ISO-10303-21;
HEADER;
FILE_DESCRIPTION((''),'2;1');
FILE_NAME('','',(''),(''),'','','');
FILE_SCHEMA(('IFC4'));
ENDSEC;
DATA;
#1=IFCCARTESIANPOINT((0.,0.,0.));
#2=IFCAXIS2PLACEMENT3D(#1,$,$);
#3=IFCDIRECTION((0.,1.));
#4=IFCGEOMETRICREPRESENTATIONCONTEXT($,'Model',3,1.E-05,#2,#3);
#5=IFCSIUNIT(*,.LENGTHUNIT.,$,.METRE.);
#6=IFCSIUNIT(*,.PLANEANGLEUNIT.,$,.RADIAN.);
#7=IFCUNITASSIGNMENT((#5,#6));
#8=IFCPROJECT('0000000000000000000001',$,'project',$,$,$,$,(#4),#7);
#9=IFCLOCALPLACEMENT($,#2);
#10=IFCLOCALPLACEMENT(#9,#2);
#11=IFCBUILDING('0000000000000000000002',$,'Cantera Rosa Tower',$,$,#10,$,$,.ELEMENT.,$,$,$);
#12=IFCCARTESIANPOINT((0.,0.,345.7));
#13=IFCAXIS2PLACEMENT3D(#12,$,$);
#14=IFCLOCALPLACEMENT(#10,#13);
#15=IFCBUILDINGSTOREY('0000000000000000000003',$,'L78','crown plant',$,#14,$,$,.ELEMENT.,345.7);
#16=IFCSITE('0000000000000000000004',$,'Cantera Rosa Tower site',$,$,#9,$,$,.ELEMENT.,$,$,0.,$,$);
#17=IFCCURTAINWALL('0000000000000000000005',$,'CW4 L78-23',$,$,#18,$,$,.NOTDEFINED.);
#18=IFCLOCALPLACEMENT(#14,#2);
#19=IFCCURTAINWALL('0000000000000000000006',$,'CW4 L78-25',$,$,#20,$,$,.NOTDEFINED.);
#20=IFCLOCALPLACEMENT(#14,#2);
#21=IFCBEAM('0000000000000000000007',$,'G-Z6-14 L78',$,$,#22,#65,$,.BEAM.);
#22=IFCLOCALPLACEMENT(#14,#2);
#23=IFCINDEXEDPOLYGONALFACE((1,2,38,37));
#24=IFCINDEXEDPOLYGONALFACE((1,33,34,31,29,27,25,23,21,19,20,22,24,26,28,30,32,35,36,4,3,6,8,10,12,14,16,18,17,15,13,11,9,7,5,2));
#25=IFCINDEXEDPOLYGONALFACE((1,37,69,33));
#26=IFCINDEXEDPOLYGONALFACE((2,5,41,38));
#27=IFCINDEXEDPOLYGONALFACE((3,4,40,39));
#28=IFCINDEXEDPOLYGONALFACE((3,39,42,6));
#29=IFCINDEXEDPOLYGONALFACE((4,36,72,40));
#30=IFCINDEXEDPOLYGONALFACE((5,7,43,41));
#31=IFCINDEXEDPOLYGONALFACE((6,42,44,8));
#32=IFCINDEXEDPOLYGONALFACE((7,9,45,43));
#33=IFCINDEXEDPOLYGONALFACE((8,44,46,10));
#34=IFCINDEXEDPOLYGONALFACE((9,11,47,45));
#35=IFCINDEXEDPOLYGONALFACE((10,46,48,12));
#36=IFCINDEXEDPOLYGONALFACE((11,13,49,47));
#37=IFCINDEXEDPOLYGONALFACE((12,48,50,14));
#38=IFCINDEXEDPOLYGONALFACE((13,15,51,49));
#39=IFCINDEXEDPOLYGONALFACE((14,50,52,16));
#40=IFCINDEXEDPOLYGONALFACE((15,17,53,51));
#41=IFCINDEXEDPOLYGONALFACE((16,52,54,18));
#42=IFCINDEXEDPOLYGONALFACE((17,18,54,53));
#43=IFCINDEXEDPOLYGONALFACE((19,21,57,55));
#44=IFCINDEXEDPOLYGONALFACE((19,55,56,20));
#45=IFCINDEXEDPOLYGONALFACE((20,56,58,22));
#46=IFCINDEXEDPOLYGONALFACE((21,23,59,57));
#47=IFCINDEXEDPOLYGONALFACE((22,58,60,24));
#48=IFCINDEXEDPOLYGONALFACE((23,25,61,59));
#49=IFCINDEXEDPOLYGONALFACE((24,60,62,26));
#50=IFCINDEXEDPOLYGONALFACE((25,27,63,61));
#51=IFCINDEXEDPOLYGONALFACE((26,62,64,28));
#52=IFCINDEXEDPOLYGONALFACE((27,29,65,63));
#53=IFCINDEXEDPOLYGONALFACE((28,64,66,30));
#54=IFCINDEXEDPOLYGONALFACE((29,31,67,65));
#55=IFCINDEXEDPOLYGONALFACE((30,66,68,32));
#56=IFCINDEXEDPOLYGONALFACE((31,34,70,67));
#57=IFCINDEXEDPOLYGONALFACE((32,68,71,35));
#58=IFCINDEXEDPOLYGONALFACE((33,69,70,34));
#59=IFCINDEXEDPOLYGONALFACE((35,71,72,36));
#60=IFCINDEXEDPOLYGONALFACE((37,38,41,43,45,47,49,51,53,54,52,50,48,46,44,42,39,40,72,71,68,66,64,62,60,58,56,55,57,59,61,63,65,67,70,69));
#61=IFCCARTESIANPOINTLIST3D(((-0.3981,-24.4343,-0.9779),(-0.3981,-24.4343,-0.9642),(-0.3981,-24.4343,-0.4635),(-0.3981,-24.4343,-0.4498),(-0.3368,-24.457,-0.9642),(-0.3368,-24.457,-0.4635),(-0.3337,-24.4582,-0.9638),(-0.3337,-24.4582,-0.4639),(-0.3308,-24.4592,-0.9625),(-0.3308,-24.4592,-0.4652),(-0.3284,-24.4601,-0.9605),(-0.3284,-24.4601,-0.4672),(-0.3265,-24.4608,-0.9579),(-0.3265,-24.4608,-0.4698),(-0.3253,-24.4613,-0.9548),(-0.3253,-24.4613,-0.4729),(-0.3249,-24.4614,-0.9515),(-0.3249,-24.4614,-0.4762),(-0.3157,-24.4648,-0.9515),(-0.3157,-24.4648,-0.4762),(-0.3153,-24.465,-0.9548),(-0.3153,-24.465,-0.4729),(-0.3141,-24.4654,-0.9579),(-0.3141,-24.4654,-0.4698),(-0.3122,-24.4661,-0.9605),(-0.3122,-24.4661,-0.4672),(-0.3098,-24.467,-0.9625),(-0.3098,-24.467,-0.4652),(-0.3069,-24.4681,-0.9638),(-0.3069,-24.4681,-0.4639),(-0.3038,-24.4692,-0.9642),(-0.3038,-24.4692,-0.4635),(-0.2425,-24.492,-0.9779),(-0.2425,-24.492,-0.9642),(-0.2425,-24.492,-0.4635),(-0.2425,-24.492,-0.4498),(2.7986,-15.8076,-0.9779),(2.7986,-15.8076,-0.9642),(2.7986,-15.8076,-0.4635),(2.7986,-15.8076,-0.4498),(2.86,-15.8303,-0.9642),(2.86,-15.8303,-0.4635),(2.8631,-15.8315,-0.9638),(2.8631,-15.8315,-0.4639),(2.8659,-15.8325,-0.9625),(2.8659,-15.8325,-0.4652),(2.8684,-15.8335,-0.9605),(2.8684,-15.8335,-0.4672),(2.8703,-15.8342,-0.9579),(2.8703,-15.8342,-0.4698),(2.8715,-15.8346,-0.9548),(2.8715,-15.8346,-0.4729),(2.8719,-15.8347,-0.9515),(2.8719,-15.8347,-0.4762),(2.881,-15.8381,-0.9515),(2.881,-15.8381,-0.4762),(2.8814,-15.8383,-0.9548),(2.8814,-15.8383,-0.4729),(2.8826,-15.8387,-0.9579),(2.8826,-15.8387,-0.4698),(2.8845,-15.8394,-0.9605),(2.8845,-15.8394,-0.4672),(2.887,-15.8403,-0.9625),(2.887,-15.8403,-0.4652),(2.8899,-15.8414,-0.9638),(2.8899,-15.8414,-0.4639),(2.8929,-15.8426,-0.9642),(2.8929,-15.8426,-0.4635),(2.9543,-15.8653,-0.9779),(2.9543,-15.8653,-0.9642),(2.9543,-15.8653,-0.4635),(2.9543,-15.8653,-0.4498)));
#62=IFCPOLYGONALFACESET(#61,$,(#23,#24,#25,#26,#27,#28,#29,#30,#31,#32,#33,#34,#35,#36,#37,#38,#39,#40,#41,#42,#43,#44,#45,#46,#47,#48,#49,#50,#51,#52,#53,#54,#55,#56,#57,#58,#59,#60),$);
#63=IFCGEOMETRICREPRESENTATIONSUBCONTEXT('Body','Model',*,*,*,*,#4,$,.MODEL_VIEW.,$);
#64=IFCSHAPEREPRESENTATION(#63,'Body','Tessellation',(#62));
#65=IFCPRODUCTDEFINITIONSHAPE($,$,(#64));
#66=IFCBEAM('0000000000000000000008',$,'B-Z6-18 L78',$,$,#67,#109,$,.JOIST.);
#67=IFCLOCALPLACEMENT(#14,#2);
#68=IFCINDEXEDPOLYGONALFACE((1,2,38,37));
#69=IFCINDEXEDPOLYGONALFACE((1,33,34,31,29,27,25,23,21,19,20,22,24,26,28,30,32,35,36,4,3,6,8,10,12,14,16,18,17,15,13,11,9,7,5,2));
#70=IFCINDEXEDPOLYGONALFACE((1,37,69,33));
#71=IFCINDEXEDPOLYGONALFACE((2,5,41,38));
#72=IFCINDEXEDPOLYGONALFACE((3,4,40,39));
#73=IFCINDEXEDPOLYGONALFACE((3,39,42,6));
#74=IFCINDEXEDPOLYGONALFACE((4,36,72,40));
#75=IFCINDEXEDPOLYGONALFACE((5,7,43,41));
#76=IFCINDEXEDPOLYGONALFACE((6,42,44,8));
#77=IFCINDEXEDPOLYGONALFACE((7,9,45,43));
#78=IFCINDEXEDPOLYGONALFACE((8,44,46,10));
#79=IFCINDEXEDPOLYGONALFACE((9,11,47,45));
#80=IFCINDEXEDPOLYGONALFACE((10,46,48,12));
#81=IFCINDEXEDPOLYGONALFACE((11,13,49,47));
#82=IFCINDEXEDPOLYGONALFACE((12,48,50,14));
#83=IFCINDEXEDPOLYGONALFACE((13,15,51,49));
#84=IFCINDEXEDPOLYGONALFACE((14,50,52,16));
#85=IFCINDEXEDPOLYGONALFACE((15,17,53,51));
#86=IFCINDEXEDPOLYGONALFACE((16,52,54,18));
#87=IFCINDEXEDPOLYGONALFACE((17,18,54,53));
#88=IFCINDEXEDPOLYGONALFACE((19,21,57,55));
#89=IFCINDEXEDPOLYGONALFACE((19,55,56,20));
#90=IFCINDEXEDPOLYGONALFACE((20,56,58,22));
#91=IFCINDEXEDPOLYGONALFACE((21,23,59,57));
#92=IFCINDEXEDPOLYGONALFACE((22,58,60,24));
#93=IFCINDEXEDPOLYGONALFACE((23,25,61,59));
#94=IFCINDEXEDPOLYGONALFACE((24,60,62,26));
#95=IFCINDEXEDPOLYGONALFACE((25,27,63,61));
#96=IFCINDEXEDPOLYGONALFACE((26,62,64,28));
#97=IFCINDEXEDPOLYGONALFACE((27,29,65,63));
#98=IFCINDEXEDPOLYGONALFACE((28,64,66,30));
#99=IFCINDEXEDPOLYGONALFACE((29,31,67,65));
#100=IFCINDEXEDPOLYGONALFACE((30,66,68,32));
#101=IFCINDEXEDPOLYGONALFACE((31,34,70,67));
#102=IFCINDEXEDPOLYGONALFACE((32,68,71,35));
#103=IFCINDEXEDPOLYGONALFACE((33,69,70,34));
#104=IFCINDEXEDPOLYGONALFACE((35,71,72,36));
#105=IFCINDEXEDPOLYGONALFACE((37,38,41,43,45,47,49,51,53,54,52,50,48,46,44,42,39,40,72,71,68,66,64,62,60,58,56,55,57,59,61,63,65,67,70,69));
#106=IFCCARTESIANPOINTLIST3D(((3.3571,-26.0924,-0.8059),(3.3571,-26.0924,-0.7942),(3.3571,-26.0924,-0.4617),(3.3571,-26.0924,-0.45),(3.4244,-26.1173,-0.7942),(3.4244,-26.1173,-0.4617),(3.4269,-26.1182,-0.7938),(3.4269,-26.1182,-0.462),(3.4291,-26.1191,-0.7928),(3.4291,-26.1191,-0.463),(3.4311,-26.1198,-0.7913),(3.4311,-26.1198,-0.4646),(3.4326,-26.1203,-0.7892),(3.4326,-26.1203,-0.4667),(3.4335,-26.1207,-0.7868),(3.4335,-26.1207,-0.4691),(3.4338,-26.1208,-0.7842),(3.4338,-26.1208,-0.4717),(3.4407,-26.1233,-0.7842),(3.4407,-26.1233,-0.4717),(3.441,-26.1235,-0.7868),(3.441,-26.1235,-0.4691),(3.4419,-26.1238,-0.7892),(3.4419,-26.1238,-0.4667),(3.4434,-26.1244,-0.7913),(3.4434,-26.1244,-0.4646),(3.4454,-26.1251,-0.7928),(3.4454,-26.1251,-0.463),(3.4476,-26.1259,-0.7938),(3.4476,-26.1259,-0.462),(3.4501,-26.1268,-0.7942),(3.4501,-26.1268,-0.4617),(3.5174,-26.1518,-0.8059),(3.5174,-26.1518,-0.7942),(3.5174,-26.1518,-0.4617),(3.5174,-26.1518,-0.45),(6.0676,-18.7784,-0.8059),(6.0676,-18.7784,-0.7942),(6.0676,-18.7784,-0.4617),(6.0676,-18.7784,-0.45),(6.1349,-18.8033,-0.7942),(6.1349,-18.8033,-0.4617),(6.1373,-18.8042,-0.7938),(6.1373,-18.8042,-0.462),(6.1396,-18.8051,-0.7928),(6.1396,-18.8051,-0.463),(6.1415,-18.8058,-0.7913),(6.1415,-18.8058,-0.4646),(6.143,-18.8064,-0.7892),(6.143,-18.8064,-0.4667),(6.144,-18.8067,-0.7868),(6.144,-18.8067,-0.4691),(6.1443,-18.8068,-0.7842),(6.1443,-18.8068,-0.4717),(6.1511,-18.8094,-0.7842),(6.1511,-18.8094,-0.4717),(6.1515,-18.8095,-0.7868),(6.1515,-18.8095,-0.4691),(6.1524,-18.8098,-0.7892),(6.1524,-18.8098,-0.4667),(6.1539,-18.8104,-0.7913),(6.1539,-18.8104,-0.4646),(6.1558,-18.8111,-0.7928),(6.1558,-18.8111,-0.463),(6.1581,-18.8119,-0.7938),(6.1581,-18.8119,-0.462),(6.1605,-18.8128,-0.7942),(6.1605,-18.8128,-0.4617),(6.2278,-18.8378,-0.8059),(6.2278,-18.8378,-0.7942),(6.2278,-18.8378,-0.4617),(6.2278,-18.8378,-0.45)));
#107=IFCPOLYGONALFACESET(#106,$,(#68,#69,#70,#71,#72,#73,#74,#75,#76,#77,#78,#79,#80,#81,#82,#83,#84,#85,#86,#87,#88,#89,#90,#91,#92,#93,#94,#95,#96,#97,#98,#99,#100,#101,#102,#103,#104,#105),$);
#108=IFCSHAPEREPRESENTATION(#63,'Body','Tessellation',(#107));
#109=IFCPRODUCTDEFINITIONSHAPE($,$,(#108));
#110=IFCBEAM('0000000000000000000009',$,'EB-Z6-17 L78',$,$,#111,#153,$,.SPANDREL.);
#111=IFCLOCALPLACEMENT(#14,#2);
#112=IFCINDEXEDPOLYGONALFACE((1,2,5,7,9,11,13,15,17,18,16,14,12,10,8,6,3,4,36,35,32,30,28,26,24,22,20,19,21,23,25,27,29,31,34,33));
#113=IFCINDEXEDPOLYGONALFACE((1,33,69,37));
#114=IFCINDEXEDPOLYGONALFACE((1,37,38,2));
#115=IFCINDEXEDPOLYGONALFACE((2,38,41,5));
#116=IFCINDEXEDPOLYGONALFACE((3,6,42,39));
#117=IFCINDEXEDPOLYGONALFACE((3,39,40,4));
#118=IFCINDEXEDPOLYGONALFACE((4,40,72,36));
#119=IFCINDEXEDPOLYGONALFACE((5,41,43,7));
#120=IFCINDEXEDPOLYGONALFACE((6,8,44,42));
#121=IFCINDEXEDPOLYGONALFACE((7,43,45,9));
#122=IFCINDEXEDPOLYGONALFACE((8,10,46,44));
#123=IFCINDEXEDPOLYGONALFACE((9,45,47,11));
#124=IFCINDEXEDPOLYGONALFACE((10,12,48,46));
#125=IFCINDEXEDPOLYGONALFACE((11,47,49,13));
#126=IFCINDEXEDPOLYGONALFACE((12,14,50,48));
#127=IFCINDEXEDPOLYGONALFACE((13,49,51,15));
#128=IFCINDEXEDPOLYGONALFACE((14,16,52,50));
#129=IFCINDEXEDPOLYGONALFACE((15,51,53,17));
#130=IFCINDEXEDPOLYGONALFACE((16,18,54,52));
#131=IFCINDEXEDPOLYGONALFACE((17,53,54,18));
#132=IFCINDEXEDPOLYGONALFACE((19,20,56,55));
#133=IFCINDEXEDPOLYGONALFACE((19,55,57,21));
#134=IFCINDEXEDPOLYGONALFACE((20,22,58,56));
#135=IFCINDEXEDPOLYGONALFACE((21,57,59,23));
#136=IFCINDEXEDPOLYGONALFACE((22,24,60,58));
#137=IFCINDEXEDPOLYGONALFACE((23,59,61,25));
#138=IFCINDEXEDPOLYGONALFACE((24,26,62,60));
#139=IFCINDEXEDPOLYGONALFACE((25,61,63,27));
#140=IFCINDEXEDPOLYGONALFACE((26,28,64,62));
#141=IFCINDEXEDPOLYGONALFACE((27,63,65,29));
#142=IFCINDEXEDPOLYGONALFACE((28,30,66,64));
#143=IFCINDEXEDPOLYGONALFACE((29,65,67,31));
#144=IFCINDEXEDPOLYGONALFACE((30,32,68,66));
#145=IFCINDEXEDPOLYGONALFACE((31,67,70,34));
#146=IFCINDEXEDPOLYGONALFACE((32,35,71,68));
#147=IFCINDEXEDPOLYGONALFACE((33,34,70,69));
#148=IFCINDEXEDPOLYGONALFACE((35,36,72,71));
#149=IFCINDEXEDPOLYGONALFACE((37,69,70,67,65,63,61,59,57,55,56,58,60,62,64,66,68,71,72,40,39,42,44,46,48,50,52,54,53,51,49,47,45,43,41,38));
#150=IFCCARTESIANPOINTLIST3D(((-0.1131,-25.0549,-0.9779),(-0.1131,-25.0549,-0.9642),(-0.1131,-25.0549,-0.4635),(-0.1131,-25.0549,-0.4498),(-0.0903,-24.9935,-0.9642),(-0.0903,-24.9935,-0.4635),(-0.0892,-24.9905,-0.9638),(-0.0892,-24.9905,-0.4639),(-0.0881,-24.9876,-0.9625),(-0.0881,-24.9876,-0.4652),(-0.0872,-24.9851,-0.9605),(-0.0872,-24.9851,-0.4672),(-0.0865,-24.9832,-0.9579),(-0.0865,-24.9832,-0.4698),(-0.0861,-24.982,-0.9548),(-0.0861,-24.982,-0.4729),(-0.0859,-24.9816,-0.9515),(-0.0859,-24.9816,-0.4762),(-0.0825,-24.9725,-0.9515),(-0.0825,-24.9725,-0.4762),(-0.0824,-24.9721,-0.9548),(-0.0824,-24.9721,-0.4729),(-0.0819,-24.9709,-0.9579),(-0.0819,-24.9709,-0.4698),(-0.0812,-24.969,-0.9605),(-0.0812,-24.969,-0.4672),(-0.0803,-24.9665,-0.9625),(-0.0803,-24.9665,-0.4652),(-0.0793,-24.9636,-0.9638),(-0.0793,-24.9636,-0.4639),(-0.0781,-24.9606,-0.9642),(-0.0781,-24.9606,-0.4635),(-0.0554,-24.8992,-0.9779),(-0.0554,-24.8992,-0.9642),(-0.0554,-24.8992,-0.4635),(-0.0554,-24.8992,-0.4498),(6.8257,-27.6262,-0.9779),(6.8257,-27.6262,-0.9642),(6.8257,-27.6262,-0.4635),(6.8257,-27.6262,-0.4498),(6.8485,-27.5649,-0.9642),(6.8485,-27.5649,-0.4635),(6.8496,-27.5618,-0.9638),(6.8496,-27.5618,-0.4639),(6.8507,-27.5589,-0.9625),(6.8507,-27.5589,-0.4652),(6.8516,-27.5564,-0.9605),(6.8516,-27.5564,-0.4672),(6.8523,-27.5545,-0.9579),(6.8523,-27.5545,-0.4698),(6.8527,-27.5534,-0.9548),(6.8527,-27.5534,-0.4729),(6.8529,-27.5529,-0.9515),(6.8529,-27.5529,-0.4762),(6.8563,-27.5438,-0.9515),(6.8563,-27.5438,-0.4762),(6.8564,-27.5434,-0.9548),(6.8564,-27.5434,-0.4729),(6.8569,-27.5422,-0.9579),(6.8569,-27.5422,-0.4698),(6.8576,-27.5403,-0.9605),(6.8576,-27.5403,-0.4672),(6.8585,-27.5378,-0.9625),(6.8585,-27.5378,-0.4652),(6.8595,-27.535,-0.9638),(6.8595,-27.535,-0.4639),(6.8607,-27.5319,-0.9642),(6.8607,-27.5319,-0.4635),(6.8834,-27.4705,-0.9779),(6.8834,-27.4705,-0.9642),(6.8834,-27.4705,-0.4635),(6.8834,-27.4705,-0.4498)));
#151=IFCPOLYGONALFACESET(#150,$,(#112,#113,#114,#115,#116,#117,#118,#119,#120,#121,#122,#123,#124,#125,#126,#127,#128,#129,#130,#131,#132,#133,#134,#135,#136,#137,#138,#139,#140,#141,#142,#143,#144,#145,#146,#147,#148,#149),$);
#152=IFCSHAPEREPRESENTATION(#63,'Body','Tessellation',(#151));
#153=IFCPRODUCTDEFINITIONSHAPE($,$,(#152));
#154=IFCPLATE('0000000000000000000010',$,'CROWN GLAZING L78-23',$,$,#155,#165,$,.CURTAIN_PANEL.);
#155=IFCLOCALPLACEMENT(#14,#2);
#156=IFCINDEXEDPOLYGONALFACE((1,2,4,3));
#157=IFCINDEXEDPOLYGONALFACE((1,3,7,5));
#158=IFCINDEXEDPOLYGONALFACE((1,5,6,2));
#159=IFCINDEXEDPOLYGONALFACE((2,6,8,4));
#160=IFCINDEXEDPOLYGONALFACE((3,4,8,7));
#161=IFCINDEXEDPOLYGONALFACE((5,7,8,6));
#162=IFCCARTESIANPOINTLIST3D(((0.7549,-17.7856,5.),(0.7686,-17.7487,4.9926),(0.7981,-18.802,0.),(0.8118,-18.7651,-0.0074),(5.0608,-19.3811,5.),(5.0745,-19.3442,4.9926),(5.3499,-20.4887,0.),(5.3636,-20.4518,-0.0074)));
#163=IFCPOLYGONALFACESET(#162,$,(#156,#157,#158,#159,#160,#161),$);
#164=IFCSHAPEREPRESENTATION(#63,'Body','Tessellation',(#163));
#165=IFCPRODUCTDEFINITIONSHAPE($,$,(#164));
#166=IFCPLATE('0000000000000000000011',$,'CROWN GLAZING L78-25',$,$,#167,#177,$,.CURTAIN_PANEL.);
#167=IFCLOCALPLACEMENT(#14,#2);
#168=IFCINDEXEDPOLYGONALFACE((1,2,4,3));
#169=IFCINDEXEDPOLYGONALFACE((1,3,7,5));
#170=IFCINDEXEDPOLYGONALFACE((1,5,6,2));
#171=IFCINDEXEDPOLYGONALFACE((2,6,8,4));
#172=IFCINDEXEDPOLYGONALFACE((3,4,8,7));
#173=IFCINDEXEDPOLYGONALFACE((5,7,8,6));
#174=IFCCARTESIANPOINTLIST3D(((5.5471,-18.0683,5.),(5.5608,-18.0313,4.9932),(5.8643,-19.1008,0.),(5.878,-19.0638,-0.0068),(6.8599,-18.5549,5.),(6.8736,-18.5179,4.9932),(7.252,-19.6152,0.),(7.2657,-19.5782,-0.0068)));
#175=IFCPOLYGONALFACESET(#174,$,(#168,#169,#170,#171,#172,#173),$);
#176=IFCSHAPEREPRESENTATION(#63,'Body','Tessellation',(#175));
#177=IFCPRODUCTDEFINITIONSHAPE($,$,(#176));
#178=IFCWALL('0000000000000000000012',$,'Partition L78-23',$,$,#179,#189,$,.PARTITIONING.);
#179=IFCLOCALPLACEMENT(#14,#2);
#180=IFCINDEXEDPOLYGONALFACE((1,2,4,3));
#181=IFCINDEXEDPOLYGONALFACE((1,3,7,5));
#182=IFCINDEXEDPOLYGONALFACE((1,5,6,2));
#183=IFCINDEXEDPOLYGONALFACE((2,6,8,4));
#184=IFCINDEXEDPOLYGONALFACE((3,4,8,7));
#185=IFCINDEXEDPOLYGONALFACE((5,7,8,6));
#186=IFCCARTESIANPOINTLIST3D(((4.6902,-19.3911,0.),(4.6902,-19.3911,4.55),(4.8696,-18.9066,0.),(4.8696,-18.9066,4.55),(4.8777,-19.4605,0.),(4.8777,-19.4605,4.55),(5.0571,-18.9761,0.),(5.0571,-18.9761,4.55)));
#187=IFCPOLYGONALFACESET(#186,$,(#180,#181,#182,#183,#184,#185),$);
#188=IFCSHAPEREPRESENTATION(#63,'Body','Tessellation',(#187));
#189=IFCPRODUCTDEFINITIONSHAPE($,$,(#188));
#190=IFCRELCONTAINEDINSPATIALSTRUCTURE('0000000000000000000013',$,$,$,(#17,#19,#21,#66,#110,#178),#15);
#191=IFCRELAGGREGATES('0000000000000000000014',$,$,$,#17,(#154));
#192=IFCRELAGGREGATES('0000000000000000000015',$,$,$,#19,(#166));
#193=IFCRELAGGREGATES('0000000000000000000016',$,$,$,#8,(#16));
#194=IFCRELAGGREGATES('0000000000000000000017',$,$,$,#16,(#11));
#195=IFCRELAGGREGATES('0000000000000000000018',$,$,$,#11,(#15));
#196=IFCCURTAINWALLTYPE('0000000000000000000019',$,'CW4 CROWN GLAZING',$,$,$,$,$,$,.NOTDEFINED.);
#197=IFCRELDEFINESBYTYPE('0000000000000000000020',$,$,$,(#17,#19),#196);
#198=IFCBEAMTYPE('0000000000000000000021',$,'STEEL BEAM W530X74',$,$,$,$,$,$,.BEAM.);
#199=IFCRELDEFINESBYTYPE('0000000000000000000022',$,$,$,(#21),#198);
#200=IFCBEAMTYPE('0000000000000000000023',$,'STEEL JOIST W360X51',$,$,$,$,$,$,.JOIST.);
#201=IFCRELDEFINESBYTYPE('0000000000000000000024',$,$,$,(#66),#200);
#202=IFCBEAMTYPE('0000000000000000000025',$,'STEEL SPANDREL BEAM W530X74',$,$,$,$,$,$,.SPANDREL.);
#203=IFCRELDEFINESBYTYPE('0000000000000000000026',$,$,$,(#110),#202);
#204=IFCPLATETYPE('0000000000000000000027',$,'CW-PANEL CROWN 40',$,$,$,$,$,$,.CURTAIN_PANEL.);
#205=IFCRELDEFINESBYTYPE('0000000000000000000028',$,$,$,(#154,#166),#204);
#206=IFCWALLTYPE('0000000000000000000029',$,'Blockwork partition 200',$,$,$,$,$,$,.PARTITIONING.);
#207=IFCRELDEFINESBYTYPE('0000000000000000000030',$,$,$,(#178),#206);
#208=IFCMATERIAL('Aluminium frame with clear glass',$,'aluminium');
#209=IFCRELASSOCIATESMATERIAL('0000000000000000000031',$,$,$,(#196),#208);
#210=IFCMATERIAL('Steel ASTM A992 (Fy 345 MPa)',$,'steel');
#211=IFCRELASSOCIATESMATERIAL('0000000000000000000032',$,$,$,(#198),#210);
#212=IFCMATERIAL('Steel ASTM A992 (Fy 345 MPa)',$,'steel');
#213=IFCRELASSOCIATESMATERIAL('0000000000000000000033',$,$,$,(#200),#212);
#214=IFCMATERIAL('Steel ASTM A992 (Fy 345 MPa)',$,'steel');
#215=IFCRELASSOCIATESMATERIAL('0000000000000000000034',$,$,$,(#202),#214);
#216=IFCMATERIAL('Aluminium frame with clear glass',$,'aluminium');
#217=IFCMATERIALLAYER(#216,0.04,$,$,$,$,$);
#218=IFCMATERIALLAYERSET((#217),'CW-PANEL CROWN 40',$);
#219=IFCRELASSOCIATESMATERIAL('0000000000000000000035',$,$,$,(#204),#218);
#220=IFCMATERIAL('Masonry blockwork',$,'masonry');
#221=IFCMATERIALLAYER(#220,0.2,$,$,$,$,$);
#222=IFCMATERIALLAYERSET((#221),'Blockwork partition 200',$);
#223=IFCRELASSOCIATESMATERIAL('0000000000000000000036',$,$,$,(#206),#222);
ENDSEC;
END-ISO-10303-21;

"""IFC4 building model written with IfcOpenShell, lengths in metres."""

from ifc_helpers import new_model, si_unit, direction, frame, frame_2d, origin, origin_2d, place, context, subcontext, project, spatial, polyline, rectangle, i_section, outline, extrude, material, layer, layer_set, material_profile, profile_set, type_object, element, aggregate, save


model = new_model("IFC4")

# Units and contexts
model_context = context("Model", 3, precision=1e-05, world=origin(), true_north=direction((0.0, 1.0)))
body_context = subcontext(model_context, "Body", "Model", "MODEL_VIEW")
ifc_project = project(units=[si_unit("LENGTHUNIT", "METRE"), si_unit("PLANEANGLEUNIT", "RADIAN")], contexts=[model_context])

# Site, building, storey
site_placement = place(None, origin())
site = spatial("IfcSite", under=ifc_project, at=site_placement, Name="Cantera Rosa Tower site", CompositionType="ELEMENT", RefElevation=0.0)
building_placement = place(site_placement, origin())
building = spatial("IfcBuilding", under=site, at=building_placement, Name="Cantera Rosa Tower", CompositionType="ELEMENT")
storey_placement = place(building_placement, frame((0.0, 0.0, 345.7)))
storey = spatial("IfcBuildingStorey", under=building, at=storey_placement, Name="L78", Description="crown plant", CompositionType="ELEMENT", Elevation=345.7)

# Curtain walls
ifc_material_1 = material(Name="Aluminium frame with clear glass", Category="aluminium")
curtain_wall_type = type_object("IfcCurtainWallType", Name="CW4 CROWN GLAZING", PredefinedType="NOTDEFINED", material=ifc_material_1)
curtain_wall_1_placement = place(storey_placement, origin())
curtain_wall_1 = element("IfcCurtainWall", 1, at=curtain_wall_1_placement, inside=storey, type_object=curtain_wall_type, Name="CW4 L78-23", PredefinedType="NOTDEFINED")
curtain_wall_2_placement = place(storey_placement, origin())
curtain_wall_2 = element("IfcCurtainWall", 2, at=curtain_wall_2_placement, inside=storey, type_object=curtain_wall_type, Name="CW4 L78-25", PredefinedType="NOTDEFINED")

# Beams
ifc_material_2 = material(Name="Steel ASTM A992 (Fy 345 MPa)", Category="steel")
ifc_material_profile_1 = material_profile(ifc_material_2, i_section(OverallWidth=0.166, OverallDepth=0.5281, WebThickness=0.0098, FlangeThickness=0.0137, FilletRadius=0.0127, at=origin_2d()), Name="W530X74")
ifc_profile_set_1 = profile_set([ifc_material_profile_1], Name="Steel ASTM A992 (Fy 345 MPa)")
beam_type_1 = type_object("IfcBeamType", Name="STEEL BEAM W530X74", PredefinedType="BEAM", material=ifc_profile_set_1)
beam_1_placement = place(storey_placement, frame((-0.3203, -24.4631, -0.7139), z_axis=(0.347477, 0.937689, 0.0), x_axis=(-0.937689, 0.347477, 0.0)))
element("IfcBeam", 3, at=beam_1_placement, inside=storey, type_object=beam_type_1, Name="G-Z6-14 L78", PredefinedType="BEAM", context=body_context, shape_type="SweptSolid", body=[
    extrude(i_section(OverallWidth=0.166, OverallDepth=0.5281, WebThickness=0.0098, FlangeThickness=0.0137, FilletRadius=0.0127, at=origin_2d()), origin(), (0.0, 0.0, 1.0), 9.2),
])
ifc_material_3 = material(Name="Steel ASTM A992 (Fy 345 MPa)", Category="steel")
ifc_material_profile_2 = material_profile(ifc_material_3, i_section(OverallWidth=0.1709, OverallDepth=0.356, WebThickness=0.0073, FlangeThickness=0.0117, FilletRadius=0.01, at=origin_2d()), Name="W360X51")
ifc_profile_set_2 = profile_set([ifc_material_profile_2], Name="Steel ASTM A992 (Fy 345 MPa)")
beam_type_2 = type_object("IfcBeamType", Name="STEEL JOIST W360X51", PredefinedType="JOIST", material=ifc_profile_set_2)
beam_2_placement = place(storey_placement, frame((3.4373, -26.1221, -0.6279), z_axis=(0.347492, 0.937683, 0.0), x_axis=(-0.937683, 0.347492, 0.0)))
element("IfcBeam", 4, at=beam_2_placement, inside=storey, type_object=beam_type_2, Name="B-Z6-18 L78", PredefinedType="JOIST", context=body_context, shape_type="SweptSolid", body=[
    extrude(i_section(OverallWidth=0.1709, OverallDepth=0.356, WebThickness=0.0073, FlangeThickness=0.0117, FilletRadius=0.01, at=origin_2d()), origin(), (0.0, 0.0, 1.0), 7.8),
])
ifc_material_4 = material(Name="Steel ASTM A992 (Fy 345 MPa)", Category="steel")
ifc_material_profile_3 = material_profile(ifc_material_4, i_section(OverallWidth=0.166, OverallDepth=0.5281, WebThickness=0.0098, FlangeThickness=0.0137, FilletRadius=0.0127, at=origin_2d()), Name="W530X74")
ifc_profile_set_3 = profile_set([ifc_material_profile_3], Name="Steel ASTM A992 (Fy 345 MPa)")
beam_type_3 = type_object("IfcBeamType", Name="STEEL SPANDREL BEAM W530X74", PredefinedType="SPANDREL", material=ifc_profile_set_3)
beam_3_placement = place(storey_placement, frame((-0.0842, -24.9771, -0.7139), z_axis=(0.937687, -0.34748, 0.0), x_axis=(0.34748, 0.937687, 0.0)))
element("IfcBeam", 5, at=beam_3_placement, inside=storey, type_object=beam_type_3, Name="EB-Z6-17 L78", PredefinedType="SPANDREL", context=body_context, shape_type="SweptSolid", body=[
    extrude(i_section(OverallWidth=0.166, OverallDepth=0.5281, WebThickness=0.0098, FlangeThickness=0.0137, FilletRadius=0.0127, at=origin_2d()), origin(), (0.0, 0.0, 1.0), 7.3999),
])

# Plates
ifc_material_5 = material(Name="Aluminium frame with clear glass", Category="aluminium")
ifc_layer_1 = layer(ifc_material_5, 0.04)
ifc_layer_set_1 = layer_set([ifc_layer_1], Name="CW-PANEL CROWN 40")
plate_type = type_object("IfcPlateType", Name="CW-PANEL CROWN 40", PredefinedType="CURTAIN_PANEL", material=ifc_layer_set_1)
plate_1_placement = place(storey_placement, frame((0.7981, -18.802, 0.0), z_axis=(-0.341505, -0.921612, 0.184405), x_axis=(0.937693, -0.347465, -0.000004)))
plate_1 = element("IfcPlate", 6, at=plate_1_placement, type_object=plate_type, Name="CROWN GLAZING L78-23", PredefinedType="CURTAIN_PANEL", context=body_context, shape_type="SweptSolid", body=[
    extrude(outline(polyline([(0.0, 0.0), (4.8542, 0.0), (4.1983, 5.0873), (-0.3937, 5.0872), (0.0, 0.0)])), origin(), (0.0, 0.0, -1.0), 0.04),
])
plate_2_placement = place(storey_placement, frame((5.8643, -19.1008, 0.0), z_axis=(-0.342557, -0.924152, 0.169109), x_axis=(0.937657, -0.347563, -0.000003)))
plate_2 = element("IfcPlate", 7, at=plate_2_placement, type_object=plate_type, Name="CROWN GLAZING L78-25", PredefinedType="CURTAIN_PANEL", context=body_context, shape_type="SweptSolid", body=[
    extrude(outline(polyline([(0.0, 0.0), (1.48, 0.0), (0.7438, 5.0731), (-0.6562, 5.0731), (0.0, 0.0)])), origin(), (0.0, 0.0, -1.0), 0.04),
])

# Wall
ifc_material_6 = material(Name="Masonry blockwork", Category="masonry")
ifc_layer_2 = layer(ifc_material_6, 0.2)
ifc_layer_set_2 = layer_set([ifc_layer_2], Name="Blockwork partition 200")
wall_type_1 = type_object("IfcWallType", Name="Blockwork partition 200", PredefinedType="PARTITIONING", material=ifc_layer_set_2)
wall_1_placement = place(storey_placement, frame((4.7839, -19.4258, 0.0), z_axis=(0.0, 0.0, 1.0), x_axis=(0.347391, 0.93772, 0.0)))
element("IfcWall", 8, at=wall_1_placement, inside=storey, type_object=wall_type_1, Name="Partition L78-23", PredefinedType="PARTITIONING", context=body_context, shape_type="SweptSolid", body=[
    extrude(rectangle(XDim=0.5166, YDim=0.2, at=frame_2d((0.2583, 0.0))), origin(), (0.0, 0.0, 1.0), 4.55),
])

aggregate(curtain_wall_1, [plate_1])
aggregate(curtain_wall_2, [plate_2])

save(model, "model.ifc")
